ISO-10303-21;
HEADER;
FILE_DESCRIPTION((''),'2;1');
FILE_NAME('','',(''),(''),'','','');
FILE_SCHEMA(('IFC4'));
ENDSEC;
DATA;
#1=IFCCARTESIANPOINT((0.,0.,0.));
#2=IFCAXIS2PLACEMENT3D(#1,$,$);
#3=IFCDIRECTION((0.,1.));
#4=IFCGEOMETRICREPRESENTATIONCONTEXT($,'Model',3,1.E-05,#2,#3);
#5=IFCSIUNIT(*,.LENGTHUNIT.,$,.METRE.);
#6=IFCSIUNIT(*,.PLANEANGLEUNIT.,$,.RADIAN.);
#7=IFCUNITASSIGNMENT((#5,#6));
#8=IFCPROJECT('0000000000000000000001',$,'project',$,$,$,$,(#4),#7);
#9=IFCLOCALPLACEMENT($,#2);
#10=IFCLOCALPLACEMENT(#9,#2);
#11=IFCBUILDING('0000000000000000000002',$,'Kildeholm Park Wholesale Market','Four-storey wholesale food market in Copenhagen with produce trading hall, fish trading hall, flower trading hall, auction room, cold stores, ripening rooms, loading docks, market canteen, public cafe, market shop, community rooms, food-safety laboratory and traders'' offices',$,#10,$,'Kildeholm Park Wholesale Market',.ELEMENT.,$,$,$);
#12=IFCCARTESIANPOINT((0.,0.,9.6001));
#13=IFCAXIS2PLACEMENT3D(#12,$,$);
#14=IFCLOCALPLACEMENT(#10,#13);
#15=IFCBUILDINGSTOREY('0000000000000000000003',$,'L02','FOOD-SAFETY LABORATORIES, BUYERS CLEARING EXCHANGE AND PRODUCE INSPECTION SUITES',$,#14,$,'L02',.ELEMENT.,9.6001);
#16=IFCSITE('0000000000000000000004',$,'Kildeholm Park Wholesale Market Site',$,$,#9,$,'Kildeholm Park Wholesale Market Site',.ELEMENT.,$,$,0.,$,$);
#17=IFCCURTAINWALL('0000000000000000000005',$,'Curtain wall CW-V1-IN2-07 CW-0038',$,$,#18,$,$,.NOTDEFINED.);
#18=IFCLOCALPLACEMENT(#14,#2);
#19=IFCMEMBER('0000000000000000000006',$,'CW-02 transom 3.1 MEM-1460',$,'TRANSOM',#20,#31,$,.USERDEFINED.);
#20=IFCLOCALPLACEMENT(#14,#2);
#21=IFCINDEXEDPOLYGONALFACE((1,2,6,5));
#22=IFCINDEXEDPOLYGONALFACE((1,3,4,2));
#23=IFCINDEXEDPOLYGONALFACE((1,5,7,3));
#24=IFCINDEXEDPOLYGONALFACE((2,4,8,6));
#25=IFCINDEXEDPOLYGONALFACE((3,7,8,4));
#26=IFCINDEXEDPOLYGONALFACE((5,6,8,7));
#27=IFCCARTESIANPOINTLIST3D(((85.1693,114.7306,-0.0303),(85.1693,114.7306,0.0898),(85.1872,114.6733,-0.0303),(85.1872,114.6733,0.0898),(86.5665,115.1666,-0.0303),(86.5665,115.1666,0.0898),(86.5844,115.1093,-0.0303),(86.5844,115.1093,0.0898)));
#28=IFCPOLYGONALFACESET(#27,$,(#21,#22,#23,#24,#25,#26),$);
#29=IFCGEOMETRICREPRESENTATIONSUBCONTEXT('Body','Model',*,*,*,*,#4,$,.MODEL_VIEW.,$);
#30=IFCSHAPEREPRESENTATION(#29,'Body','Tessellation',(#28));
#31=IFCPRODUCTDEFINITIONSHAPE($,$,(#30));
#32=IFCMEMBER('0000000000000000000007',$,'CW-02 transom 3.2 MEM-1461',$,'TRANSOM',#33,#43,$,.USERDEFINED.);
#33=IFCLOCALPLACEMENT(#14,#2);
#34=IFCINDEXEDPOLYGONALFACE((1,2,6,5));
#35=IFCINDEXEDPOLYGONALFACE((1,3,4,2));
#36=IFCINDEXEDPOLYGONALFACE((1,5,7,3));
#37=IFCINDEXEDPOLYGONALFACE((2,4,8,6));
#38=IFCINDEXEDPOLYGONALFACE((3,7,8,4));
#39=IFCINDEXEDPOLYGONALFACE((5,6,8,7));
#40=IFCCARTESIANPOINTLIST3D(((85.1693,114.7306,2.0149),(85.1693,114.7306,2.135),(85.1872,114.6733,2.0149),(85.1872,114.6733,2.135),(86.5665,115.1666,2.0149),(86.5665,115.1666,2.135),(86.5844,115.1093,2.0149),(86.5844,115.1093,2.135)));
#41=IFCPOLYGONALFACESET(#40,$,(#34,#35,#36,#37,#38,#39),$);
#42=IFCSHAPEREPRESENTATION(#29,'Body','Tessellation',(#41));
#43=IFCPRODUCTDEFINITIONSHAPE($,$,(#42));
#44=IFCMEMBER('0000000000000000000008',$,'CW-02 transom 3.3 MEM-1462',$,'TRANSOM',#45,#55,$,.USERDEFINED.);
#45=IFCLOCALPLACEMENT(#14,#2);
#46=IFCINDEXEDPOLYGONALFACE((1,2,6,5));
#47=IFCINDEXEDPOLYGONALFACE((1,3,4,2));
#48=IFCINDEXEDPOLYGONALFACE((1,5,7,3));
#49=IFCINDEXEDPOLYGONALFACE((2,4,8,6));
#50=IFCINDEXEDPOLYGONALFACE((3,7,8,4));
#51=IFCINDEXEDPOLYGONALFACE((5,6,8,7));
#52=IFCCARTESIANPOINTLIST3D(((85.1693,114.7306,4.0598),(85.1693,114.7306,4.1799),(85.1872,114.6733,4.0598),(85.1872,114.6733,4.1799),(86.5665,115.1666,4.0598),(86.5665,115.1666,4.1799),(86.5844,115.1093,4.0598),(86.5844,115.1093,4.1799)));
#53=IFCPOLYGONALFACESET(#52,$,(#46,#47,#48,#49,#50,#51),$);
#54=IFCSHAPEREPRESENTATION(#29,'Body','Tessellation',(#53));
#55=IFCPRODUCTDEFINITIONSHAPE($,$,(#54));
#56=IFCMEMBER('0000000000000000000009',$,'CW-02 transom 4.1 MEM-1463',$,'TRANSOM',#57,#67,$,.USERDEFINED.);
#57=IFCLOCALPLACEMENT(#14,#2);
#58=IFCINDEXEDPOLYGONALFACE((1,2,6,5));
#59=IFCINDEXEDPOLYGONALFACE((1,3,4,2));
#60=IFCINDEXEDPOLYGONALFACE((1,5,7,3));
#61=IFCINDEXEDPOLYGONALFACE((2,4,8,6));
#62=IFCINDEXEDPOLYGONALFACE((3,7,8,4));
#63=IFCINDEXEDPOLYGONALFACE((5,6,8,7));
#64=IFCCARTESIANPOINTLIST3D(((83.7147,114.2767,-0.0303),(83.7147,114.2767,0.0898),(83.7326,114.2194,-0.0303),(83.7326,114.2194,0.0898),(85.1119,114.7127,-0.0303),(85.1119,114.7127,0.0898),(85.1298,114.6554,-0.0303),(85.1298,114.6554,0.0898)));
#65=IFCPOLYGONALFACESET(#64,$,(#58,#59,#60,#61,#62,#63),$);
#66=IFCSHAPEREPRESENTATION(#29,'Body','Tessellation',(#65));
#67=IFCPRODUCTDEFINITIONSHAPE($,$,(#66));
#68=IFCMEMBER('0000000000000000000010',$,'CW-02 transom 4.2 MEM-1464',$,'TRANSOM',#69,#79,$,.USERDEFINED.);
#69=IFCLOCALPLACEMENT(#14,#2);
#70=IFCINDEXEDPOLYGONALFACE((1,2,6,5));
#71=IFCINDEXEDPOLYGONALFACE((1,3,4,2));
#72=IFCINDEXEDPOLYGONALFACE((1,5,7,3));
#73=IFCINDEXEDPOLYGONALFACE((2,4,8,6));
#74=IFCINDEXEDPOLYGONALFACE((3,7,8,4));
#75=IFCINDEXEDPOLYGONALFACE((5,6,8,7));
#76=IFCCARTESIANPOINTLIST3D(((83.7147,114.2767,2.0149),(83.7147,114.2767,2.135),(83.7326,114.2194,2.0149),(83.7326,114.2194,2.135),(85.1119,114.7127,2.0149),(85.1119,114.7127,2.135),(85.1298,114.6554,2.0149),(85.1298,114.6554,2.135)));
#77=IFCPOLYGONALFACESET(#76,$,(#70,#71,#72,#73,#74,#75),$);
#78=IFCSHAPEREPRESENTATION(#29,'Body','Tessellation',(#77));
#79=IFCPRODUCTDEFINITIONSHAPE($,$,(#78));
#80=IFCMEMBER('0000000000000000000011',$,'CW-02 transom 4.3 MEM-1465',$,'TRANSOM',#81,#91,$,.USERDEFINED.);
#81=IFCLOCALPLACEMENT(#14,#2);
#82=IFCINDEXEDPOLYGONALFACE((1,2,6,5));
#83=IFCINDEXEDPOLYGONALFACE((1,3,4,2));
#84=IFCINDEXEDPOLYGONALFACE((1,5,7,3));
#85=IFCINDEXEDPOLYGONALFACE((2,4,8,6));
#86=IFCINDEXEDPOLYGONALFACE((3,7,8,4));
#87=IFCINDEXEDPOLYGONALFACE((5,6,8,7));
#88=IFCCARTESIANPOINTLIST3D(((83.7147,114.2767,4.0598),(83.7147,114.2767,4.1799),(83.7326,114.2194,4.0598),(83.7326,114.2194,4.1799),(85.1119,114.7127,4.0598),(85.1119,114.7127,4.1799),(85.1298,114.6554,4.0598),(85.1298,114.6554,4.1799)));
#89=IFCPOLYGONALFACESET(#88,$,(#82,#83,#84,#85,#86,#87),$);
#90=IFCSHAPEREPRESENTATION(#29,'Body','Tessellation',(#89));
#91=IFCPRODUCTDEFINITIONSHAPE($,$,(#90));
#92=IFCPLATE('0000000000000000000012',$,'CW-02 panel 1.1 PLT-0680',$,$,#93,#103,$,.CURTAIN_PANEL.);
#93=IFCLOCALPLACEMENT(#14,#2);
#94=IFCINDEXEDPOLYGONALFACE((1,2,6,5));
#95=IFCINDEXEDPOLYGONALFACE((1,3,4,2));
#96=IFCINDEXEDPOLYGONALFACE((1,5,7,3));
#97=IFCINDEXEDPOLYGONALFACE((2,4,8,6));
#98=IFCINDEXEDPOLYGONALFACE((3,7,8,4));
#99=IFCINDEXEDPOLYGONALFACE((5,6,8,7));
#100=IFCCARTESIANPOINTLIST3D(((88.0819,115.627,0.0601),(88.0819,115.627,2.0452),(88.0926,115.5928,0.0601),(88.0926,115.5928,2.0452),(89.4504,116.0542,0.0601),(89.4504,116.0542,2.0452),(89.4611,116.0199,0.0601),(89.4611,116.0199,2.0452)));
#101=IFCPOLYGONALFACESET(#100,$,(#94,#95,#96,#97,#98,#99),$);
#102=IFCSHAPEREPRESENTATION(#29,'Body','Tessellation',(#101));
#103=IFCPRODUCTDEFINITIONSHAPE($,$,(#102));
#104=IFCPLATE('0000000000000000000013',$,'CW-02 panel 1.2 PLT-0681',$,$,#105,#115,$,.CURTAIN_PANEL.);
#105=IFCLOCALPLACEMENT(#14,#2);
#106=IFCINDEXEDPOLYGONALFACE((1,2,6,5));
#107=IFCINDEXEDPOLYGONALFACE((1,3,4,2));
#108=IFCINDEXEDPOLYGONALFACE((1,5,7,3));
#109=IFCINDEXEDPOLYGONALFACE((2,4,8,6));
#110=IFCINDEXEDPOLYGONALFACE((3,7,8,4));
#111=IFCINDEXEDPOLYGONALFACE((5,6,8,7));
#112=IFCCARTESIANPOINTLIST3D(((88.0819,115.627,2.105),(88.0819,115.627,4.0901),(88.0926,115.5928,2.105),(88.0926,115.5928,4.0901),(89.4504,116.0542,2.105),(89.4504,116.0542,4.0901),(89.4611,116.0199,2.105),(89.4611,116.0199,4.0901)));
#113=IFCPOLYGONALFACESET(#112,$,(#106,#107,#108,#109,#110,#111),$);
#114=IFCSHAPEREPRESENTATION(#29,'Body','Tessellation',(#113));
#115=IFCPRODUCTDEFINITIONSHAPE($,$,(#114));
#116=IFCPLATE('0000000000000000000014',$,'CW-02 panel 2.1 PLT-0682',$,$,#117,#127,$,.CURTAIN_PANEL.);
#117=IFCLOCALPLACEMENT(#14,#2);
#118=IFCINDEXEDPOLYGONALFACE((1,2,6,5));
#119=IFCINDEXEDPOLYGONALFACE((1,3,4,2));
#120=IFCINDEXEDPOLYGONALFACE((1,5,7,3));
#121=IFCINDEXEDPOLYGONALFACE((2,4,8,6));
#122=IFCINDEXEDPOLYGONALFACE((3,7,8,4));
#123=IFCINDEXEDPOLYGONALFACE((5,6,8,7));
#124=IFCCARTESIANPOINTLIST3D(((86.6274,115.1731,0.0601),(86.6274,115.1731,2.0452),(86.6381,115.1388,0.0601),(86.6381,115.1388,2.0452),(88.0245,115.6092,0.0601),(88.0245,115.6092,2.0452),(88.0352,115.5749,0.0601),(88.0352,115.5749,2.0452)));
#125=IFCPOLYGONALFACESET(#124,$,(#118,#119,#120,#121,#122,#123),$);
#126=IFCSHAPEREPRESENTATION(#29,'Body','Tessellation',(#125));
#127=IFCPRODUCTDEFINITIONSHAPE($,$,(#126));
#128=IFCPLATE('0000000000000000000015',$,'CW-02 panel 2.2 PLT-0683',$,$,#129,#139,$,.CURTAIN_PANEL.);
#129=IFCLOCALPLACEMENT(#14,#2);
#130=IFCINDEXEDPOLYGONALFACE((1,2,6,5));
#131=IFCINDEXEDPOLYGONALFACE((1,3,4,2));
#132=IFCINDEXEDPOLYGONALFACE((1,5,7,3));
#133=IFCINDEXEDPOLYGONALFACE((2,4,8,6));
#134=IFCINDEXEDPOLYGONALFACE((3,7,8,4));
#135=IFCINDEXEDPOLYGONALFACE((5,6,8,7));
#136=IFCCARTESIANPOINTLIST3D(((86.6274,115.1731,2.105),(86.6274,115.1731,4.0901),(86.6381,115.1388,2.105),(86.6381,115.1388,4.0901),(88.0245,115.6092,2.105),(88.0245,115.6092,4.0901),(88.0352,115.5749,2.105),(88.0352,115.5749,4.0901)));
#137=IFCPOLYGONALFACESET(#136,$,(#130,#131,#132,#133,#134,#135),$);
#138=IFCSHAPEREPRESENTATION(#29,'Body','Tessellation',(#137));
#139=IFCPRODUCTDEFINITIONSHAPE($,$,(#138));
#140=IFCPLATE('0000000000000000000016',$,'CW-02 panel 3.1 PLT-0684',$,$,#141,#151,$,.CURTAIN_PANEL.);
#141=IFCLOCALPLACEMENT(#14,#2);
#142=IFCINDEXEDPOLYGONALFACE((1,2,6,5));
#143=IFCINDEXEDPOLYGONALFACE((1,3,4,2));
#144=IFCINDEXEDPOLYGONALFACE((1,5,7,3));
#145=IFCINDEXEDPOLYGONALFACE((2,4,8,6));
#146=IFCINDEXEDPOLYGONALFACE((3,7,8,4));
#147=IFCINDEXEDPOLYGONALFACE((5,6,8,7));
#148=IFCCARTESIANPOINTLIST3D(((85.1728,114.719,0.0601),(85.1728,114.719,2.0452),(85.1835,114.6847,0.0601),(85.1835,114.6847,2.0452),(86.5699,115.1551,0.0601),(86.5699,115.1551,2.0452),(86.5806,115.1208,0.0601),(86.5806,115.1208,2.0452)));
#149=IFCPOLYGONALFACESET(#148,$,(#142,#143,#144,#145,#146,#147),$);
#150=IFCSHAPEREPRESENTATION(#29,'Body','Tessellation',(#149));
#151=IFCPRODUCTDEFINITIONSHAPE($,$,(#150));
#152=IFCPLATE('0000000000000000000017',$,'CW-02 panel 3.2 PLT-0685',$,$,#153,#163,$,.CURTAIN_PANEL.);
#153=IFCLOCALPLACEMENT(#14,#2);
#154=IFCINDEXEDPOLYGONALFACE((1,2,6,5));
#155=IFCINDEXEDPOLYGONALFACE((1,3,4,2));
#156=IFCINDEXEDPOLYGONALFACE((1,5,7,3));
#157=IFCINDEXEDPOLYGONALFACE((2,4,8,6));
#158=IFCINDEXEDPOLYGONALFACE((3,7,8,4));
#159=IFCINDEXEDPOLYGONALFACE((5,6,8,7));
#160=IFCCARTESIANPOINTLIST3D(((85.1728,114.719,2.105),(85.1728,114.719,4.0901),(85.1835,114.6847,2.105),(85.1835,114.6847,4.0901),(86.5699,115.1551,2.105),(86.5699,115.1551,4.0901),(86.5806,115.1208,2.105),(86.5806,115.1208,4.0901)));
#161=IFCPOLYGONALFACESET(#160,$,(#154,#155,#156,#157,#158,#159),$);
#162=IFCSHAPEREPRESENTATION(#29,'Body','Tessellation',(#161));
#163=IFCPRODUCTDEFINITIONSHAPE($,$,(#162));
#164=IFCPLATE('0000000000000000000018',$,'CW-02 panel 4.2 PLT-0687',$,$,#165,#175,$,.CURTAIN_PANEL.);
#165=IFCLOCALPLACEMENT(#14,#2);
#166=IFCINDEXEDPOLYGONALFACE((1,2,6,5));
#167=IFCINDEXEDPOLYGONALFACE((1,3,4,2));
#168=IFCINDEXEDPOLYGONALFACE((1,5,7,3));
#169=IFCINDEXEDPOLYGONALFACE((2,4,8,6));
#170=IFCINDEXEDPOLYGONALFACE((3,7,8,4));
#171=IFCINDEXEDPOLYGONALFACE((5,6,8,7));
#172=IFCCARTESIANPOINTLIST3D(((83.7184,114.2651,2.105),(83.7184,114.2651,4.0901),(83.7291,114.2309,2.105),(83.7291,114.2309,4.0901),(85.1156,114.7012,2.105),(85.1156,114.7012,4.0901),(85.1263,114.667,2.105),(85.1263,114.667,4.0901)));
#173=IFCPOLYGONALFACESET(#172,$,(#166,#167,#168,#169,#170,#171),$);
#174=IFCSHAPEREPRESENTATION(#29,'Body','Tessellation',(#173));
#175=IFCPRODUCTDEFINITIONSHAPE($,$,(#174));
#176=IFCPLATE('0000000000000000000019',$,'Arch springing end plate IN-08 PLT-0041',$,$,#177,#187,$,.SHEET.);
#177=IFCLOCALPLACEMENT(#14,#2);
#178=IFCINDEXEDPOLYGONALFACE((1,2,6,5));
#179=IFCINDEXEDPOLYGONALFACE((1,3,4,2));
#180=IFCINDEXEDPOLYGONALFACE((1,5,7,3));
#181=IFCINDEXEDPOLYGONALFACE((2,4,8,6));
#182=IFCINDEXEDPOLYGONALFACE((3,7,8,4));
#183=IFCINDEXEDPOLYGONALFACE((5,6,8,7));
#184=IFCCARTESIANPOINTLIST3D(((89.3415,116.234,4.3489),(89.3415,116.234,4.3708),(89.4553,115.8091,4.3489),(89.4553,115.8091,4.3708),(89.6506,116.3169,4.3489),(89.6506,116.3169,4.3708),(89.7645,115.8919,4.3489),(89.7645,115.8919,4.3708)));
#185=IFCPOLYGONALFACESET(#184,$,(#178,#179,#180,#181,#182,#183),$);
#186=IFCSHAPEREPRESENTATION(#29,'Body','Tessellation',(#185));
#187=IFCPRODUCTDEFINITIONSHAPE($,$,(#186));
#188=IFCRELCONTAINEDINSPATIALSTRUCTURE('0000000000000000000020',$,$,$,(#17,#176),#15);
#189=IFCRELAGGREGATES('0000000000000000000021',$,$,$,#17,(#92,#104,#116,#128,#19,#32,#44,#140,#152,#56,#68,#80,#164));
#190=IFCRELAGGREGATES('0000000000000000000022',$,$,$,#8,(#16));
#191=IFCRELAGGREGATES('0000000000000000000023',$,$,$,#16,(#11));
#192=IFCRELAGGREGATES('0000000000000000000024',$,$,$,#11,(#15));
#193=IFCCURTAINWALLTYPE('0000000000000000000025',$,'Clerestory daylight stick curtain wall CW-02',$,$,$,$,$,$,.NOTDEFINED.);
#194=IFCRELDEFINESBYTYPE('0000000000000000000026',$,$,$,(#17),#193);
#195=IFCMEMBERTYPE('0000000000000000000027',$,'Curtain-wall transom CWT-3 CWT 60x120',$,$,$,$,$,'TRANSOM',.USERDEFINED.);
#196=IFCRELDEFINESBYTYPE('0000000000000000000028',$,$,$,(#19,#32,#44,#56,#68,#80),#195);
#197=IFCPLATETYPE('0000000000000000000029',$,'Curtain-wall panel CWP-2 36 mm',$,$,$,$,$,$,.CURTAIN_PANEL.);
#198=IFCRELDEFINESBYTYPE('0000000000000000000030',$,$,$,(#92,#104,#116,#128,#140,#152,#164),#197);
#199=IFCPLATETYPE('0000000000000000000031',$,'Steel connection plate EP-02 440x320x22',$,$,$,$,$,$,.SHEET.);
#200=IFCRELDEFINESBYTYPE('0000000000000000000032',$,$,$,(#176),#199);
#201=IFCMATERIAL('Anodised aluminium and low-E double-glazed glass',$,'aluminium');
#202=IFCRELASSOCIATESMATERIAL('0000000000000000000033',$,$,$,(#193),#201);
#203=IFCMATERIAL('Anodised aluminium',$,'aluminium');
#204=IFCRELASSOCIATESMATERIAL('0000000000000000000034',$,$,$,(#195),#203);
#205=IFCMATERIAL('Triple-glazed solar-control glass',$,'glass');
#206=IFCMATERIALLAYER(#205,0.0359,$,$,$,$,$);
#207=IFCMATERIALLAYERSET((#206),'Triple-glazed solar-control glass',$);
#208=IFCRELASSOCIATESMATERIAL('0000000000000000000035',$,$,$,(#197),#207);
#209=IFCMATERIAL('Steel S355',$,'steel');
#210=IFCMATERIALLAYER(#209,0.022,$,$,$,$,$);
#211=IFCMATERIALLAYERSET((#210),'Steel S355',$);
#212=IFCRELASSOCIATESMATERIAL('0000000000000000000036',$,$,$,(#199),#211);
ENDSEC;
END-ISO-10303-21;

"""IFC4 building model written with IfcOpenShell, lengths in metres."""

from ifc_helpers import new_model, si_unit, direction, frame, origin, origin_2d, place, context, subcontext, project, spatial, rectangle, extrude, material, layer, layer_set, material_profile, profile_set, type_object, element, aggregate, save


model = new_model("IFC4")

# Units and contexts
model_context = context("Model", 3, precision=1e-05, world=origin(), true_north=direction((0.0, 1.0)))
body_context = subcontext(model_context, "Body", "Model", "MODEL_VIEW")
ifc_project = project(units=[si_unit("LENGTHUNIT", "METRE"), si_unit("PLANEANGLEUNIT", "RADIAN")], contexts=[model_context])

# Site, building, storey
site_placement = place(None, origin())
site = spatial("IfcSite", under=ifc_project, at=site_placement, Name="Kildeholm Park Wholesale Market Site", LongName="Kildeholm Park Wholesale Market Site", CompositionType="ELEMENT", RefElevation=0.0)
building_placement = place(site_placement, origin())
building = spatial("IfcBuilding", under=site, at=building_placement, Name="Kildeholm Park Wholesale Market", Description="Four-storey wholesale food market in Copenhagen with produce trading hall, fish trading hall, flower trading hall, auction room, cold stores, ripening rooms, loading docks, market canteen, public cafe, market shop, community rooms, food-safety laboratory and traders' offices", LongName="Kildeholm Park Wholesale Market", CompositionType="ELEMENT")
storey_placement = place(building_placement, frame((0.0, 0.0, 9.6001)))
storey = spatial("IfcBuildingStorey", under=building, at=storey_placement, Name="L02", Description="FOOD-SAFETY LABORATORIES, BUYERS CLEARING EXCHANGE AND PRODUCE INSPECTION SUITES", LongName="L02", CompositionType="ELEMENT", Elevation=9.6001)

# Shared definitions
ifc_material_1 = material(Name="Steel S355", Category="steel")

# Curtain wall, members, plates
ifc_material_2 = material(Name="Anodised aluminium and low-E double-glazed glass", Category="aluminium")
curtain_wall_type = type_object("IfcCurtainWallType", Name="Clerestory daylight stick curtain wall CW-02", PredefinedType="NOTDEFINED", material=ifc_material_2)
curtain_wall_placement = place(storey_placement, origin())
curtain_wall = element("IfcCurtainWall", 1, at=curtain_wall_placement, inside=storey, type_object=curtain_wall_type, Name="Curtain wall CW-V1-IN2-07 CW-0038", PredefinedType="NOTDEFINED")
ifc_material_3 = material(Name="Anodised aluminium", Category="aluminium")
ifc_material_profile_1 = material_profile(ifc_material_3, rectangle(XDim=0.0601, YDim=0.1201, at=origin_2d()), Name="CWT 60x120")
ifc_profile_set_1 = profile_set([ifc_material_profile_1], Name="Anodised aluminium")
member_type_1 = type_object("IfcMemberType", Name="Curtain-wall transom CWT-3 CWT 60x120", ElementType="TRANSOM", PredefinedType="USERDEFINED", material=ifc_profile_set_1)
member_1_placement = place(storey_placement, frame((86.5754, 115.1379, 0.0298), z_axis=(-0.954596, -0.297905, 0.0), x_axis=(0.297905, -0.954596, 0.0)))
member_1 = element("IfcMember", 2, at=member_1_placement, type_object=member_type_1, Name="CW-02 transom 3.1 MEM-1460", ObjectType="TRANSOM", PredefinedType="USERDEFINED", context=body_context, shape_type="SweptSolid", body=[
    extrude(rectangle(XDim=0.0601, YDim=0.1201, at=origin_2d()), origin(), (0.0, 0.0, 1.0), 1.4636),
])
member_2_placement = place(storey_placement, frame((86.5754, 115.1379, 2.075), z_axis=(-0.954596, -0.297905, 0.0), x_axis=(0.297905, -0.954596, 0.0)))
member_2 = element("IfcMember", 3, at=member_2_placement, type_object=member_type_1, Name="CW-02 transom 3.2 MEM-1461", ObjectType="TRANSOM", PredefinedType="USERDEFINED", context=body_context, shape_type="SweptSolid", body=[
    extrude(rectangle(XDim=0.0601, YDim=0.1201, at=origin_2d()), origin(), (0.0, 0.0, 1.0), 1.4636),
])
member_3_placement = place(storey_placement, frame((86.5754, 115.1379, 4.1199), z_axis=(-0.954596, -0.297905, 0.0), x_axis=(0.297905, -0.954596, 0.0)))
member_3 = element("IfcMember", 4, at=member_3_placement, type_object=member_type_1, Name="CW-02 transom 3.3 MEM-1462", ObjectType="TRANSOM", PredefinedType="USERDEFINED", context=body_context, shape_type="SweptSolid", body=[
    extrude(rectangle(XDim=0.0601, YDim=0.1201, at=origin_2d()), origin(), (0.0, 0.0, 1.0), 1.4636),
])
member_4_placement = place(storey_placement, frame((85.1208, 114.6841, 0.0298), z_axis=(-0.954596, -0.297905, 0.0), x_axis=(0.297905, -0.954596, 0.0)))
member_4 = element("IfcMember", 5, at=member_4_placement, type_object=member_type_1, Name="CW-02 transom 4.1 MEM-1463", ObjectType="TRANSOM", PredefinedType="USERDEFINED", context=body_context, shape_type="SweptSolid", body=[
    extrude(rectangle(XDim=0.0601, YDim=0.1201, at=origin_2d()), origin(), (0.0, 0.0, 1.0), 1.4636),
])
member_5_placement = place(storey_placement, frame((85.1208, 114.6841, 2.075), z_axis=(-0.954596, -0.297905, 0.0), x_axis=(0.297905, -0.954596, 0.0)))
member_5 = element("IfcMember", 6, at=member_5_placement, type_object=member_type_1, Name="CW-02 transom 4.2 MEM-1464", ObjectType="TRANSOM", PredefinedType="USERDEFINED", context=body_context, shape_type="SweptSolid", body=[
    extrude(rectangle(XDim=0.0601, YDim=0.1201, at=origin_2d()), origin(), (0.0, 0.0, 1.0), 1.4636),
])
member_6_placement = place(storey_placement, frame((85.1208, 114.6841, 4.1199), z_axis=(-0.954596, -0.297905, 0.0), x_axis=(0.297905, -0.954596, 0.0)))
member_6 = element("IfcMember", 7, at=member_6_placement, type_object=member_type_1, Name="CW-02 transom 4.3 MEM-1465", ObjectType="TRANSOM", PredefinedType="USERDEFINED", context=body_context, shape_type="SweptSolid", body=[
    extrude(rectangle(XDim=0.0601, YDim=0.1201, at=origin_2d()), origin(), (0.0, 0.0, 1.0), 1.4636),
])
ifc_material_4 = material(Name="Triple-glazed solar-control glass", Category="glass")
ifc_layer_1 = layer(ifc_material_4, 0.0359)
ifc_layer_set_1 = layer_set([ifc_layer_1], Name="Triple-glazed solar-control glass")
plate_type_1 = type_object("IfcPlateType", Name="Curtain-wall panel CWP-2 36 mm", PredefinedType="CURTAIN_PANEL", material=ifc_layer_set_1)
plate_1_placement = place(storey_placement, frame((88.7715, 115.8235, 0.0601), z_axis=(0.0, 0.0, 1.0), x_axis=(-0.954579, -0.297957, 0.0)))
plate_1 = element("IfcPlate", 8, at=plate_1_placement, type_object=plate_type_1, Name="CW-02 panel 1.1 PLT-0680", PredefinedType="CURTAIN_PANEL", context=body_context, shape_type="SweptSolid", body=[
    extrude(rectangle(XDim=1.4336, YDim=0.0359, at=origin_2d()), origin(), (0.0, 0.0, 1.0), 1.9851),
])
plate_2_placement = place(storey_placement, frame((88.7715, 115.8235, 2.105), z_axis=(0.0, 0.0, 1.0), x_axis=(-0.954579, -0.297957, 0.0)))
plate_2 = element("IfcPlate", 9, at=plate_2_placement, type_object=plate_type_1, Name="CW-02 panel 1.2 PLT-0681", PredefinedType="CURTAIN_PANEL", context=body_context, shape_type="SweptSolid", body=[
    extrude(rectangle(XDim=1.4336, YDim=0.0359, at=origin_2d()), origin(), (0.0, 0.0, 1.0), 1.9851),
])
plate_3_placement = place(storey_placement, frame((87.3313, 115.374, 0.0601), z_axis=(0.0, 0.0, 1.0), x_axis=(-0.954579, -0.297957, 0.0)))
plate_3 = element("IfcPlate", 10, at=plate_3_placement, type_object=plate_type_1, Name="CW-02 panel 2.1 PLT-0682", PredefinedType="CURTAIN_PANEL", context=body_context, shape_type="SweptSolid", body=[
    extrude(rectangle(XDim=1.4636, YDim=0.0359, at=origin_2d()), origin(), (0.0, 0.0, 1.0), 1.9851),
])
plate_4_placement = place(storey_placement, frame((87.3313, 115.374, 2.105), z_axis=(0.0, 0.0, 1.0), x_axis=(-0.954579, -0.297957, 0.0)))
plate_4 = element("IfcPlate", 11, at=plate_4_placement, type_object=plate_type_1, Name="CW-02 panel 2.2 PLT-0683", PredefinedType="CURTAIN_PANEL", context=body_context, shape_type="SweptSolid", body=[
    extrude(rectangle(XDim=1.4636, YDim=0.0359, at=origin_2d()), origin(), (0.0, 0.0, 1.0), 1.9851),
])
plate_5_placement = place(storey_placement, frame((85.8767, 114.9199, 0.0601), z_axis=(0.0, 0.0, 1.0), x_axis=(-0.954579, -0.297957, 0.0)))
plate_5 = element("IfcPlate", 12, at=plate_5_placement, type_object=plate_type_1, Name="CW-02 panel 3.1 PLT-0684", PredefinedType="CURTAIN_PANEL", context=body_context, shape_type="SweptSolid", body=[
    extrude(rectangle(XDim=1.4636, YDim=0.0359, at=origin_2d()), origin(), (0.0, 0.0, 1.0), 1.9851),
])
plate_6_placement = place(storey_placement, frame((85.8767, 114.9199, 2.105), z_axis=(0.0, 0.0, 1.0), x_axis=(-0.954579, -0.297957, 0.0)))
plate_6 = element("IfcPlate", 13, at=plate_6_placement, type_object=plate_type_1, Name="CW-02 panel 3.2 PLT-0685", PredefinedType="CURTAIN_PANEL", context=body_context, shape_type="SweptSolid", body=[
    extrude(rectangle(XDim=1.4636, YDim=0.0359, at=origin_2d()), origin(), (0.0, 0.0, 1.0), 1.9851),
])
plate_7_placement = place(storey_placement, frame((84.4224, 114.4661, 2.105), z_axis=(0.0, 0.0, 1.0), x_axis=(-0.954579, -0.297957, 0.0)))
plate_7 = element("IfcPlate", 14, at=plate_7_placement, type_object=plate_type_1, Name="CW-02 panel 4.2 PLT-0687", PredefinedType="CURTAIN_PANEL", context=body_context, shape_type="SweptSolid", body=[
    extrude(rectangle(XDim=1.4636, YDim=0.0359, at=origin_2d()), origin(), (0.0, 0.0, 1.0), 1.9851),
])
aggregate(curtain_wall, [plate_1, plate_2, plate_3, plate_4, member_1, member_2, member_3, plate_5, plate_6, member_4, member_5, member_6, plate_7])

# Plate
ifc_layer_2 = layer(ifc_material_1, 0.022)
ifc_layer_set_2 = layer_set([ifc_layer_2], Name="Steel S355")
plate_type_2 = type_object("IfcPlateType", Name="Steel connection plate EP-02 440x320x22", PredefinedType="SHEET", material=ifc_layer_set_2)
plate_8_placement = place(storey_placement, frame((89.553, 116.063, 4.3489), z_axis=(0.0, 0.0, 1.0), x_axis=(-0.258819, 0.965926, 0.0)))
element("IfcPlate", 15, at=plate_8_placement, inside=storey, type_object=plate_type_2, Name="Arch springing end plate IN-08 PLT-0041", PredefinedType="SHEET", context=body_context, shape_type="SweptSolid", body=[
    extrude(rectangle(XDim=0.4399, YDim=0.3201, at=origin_2d()), origin(), (0.0, 0.0, 1.0), 0.022),
])

save(model, "model.ifc")
